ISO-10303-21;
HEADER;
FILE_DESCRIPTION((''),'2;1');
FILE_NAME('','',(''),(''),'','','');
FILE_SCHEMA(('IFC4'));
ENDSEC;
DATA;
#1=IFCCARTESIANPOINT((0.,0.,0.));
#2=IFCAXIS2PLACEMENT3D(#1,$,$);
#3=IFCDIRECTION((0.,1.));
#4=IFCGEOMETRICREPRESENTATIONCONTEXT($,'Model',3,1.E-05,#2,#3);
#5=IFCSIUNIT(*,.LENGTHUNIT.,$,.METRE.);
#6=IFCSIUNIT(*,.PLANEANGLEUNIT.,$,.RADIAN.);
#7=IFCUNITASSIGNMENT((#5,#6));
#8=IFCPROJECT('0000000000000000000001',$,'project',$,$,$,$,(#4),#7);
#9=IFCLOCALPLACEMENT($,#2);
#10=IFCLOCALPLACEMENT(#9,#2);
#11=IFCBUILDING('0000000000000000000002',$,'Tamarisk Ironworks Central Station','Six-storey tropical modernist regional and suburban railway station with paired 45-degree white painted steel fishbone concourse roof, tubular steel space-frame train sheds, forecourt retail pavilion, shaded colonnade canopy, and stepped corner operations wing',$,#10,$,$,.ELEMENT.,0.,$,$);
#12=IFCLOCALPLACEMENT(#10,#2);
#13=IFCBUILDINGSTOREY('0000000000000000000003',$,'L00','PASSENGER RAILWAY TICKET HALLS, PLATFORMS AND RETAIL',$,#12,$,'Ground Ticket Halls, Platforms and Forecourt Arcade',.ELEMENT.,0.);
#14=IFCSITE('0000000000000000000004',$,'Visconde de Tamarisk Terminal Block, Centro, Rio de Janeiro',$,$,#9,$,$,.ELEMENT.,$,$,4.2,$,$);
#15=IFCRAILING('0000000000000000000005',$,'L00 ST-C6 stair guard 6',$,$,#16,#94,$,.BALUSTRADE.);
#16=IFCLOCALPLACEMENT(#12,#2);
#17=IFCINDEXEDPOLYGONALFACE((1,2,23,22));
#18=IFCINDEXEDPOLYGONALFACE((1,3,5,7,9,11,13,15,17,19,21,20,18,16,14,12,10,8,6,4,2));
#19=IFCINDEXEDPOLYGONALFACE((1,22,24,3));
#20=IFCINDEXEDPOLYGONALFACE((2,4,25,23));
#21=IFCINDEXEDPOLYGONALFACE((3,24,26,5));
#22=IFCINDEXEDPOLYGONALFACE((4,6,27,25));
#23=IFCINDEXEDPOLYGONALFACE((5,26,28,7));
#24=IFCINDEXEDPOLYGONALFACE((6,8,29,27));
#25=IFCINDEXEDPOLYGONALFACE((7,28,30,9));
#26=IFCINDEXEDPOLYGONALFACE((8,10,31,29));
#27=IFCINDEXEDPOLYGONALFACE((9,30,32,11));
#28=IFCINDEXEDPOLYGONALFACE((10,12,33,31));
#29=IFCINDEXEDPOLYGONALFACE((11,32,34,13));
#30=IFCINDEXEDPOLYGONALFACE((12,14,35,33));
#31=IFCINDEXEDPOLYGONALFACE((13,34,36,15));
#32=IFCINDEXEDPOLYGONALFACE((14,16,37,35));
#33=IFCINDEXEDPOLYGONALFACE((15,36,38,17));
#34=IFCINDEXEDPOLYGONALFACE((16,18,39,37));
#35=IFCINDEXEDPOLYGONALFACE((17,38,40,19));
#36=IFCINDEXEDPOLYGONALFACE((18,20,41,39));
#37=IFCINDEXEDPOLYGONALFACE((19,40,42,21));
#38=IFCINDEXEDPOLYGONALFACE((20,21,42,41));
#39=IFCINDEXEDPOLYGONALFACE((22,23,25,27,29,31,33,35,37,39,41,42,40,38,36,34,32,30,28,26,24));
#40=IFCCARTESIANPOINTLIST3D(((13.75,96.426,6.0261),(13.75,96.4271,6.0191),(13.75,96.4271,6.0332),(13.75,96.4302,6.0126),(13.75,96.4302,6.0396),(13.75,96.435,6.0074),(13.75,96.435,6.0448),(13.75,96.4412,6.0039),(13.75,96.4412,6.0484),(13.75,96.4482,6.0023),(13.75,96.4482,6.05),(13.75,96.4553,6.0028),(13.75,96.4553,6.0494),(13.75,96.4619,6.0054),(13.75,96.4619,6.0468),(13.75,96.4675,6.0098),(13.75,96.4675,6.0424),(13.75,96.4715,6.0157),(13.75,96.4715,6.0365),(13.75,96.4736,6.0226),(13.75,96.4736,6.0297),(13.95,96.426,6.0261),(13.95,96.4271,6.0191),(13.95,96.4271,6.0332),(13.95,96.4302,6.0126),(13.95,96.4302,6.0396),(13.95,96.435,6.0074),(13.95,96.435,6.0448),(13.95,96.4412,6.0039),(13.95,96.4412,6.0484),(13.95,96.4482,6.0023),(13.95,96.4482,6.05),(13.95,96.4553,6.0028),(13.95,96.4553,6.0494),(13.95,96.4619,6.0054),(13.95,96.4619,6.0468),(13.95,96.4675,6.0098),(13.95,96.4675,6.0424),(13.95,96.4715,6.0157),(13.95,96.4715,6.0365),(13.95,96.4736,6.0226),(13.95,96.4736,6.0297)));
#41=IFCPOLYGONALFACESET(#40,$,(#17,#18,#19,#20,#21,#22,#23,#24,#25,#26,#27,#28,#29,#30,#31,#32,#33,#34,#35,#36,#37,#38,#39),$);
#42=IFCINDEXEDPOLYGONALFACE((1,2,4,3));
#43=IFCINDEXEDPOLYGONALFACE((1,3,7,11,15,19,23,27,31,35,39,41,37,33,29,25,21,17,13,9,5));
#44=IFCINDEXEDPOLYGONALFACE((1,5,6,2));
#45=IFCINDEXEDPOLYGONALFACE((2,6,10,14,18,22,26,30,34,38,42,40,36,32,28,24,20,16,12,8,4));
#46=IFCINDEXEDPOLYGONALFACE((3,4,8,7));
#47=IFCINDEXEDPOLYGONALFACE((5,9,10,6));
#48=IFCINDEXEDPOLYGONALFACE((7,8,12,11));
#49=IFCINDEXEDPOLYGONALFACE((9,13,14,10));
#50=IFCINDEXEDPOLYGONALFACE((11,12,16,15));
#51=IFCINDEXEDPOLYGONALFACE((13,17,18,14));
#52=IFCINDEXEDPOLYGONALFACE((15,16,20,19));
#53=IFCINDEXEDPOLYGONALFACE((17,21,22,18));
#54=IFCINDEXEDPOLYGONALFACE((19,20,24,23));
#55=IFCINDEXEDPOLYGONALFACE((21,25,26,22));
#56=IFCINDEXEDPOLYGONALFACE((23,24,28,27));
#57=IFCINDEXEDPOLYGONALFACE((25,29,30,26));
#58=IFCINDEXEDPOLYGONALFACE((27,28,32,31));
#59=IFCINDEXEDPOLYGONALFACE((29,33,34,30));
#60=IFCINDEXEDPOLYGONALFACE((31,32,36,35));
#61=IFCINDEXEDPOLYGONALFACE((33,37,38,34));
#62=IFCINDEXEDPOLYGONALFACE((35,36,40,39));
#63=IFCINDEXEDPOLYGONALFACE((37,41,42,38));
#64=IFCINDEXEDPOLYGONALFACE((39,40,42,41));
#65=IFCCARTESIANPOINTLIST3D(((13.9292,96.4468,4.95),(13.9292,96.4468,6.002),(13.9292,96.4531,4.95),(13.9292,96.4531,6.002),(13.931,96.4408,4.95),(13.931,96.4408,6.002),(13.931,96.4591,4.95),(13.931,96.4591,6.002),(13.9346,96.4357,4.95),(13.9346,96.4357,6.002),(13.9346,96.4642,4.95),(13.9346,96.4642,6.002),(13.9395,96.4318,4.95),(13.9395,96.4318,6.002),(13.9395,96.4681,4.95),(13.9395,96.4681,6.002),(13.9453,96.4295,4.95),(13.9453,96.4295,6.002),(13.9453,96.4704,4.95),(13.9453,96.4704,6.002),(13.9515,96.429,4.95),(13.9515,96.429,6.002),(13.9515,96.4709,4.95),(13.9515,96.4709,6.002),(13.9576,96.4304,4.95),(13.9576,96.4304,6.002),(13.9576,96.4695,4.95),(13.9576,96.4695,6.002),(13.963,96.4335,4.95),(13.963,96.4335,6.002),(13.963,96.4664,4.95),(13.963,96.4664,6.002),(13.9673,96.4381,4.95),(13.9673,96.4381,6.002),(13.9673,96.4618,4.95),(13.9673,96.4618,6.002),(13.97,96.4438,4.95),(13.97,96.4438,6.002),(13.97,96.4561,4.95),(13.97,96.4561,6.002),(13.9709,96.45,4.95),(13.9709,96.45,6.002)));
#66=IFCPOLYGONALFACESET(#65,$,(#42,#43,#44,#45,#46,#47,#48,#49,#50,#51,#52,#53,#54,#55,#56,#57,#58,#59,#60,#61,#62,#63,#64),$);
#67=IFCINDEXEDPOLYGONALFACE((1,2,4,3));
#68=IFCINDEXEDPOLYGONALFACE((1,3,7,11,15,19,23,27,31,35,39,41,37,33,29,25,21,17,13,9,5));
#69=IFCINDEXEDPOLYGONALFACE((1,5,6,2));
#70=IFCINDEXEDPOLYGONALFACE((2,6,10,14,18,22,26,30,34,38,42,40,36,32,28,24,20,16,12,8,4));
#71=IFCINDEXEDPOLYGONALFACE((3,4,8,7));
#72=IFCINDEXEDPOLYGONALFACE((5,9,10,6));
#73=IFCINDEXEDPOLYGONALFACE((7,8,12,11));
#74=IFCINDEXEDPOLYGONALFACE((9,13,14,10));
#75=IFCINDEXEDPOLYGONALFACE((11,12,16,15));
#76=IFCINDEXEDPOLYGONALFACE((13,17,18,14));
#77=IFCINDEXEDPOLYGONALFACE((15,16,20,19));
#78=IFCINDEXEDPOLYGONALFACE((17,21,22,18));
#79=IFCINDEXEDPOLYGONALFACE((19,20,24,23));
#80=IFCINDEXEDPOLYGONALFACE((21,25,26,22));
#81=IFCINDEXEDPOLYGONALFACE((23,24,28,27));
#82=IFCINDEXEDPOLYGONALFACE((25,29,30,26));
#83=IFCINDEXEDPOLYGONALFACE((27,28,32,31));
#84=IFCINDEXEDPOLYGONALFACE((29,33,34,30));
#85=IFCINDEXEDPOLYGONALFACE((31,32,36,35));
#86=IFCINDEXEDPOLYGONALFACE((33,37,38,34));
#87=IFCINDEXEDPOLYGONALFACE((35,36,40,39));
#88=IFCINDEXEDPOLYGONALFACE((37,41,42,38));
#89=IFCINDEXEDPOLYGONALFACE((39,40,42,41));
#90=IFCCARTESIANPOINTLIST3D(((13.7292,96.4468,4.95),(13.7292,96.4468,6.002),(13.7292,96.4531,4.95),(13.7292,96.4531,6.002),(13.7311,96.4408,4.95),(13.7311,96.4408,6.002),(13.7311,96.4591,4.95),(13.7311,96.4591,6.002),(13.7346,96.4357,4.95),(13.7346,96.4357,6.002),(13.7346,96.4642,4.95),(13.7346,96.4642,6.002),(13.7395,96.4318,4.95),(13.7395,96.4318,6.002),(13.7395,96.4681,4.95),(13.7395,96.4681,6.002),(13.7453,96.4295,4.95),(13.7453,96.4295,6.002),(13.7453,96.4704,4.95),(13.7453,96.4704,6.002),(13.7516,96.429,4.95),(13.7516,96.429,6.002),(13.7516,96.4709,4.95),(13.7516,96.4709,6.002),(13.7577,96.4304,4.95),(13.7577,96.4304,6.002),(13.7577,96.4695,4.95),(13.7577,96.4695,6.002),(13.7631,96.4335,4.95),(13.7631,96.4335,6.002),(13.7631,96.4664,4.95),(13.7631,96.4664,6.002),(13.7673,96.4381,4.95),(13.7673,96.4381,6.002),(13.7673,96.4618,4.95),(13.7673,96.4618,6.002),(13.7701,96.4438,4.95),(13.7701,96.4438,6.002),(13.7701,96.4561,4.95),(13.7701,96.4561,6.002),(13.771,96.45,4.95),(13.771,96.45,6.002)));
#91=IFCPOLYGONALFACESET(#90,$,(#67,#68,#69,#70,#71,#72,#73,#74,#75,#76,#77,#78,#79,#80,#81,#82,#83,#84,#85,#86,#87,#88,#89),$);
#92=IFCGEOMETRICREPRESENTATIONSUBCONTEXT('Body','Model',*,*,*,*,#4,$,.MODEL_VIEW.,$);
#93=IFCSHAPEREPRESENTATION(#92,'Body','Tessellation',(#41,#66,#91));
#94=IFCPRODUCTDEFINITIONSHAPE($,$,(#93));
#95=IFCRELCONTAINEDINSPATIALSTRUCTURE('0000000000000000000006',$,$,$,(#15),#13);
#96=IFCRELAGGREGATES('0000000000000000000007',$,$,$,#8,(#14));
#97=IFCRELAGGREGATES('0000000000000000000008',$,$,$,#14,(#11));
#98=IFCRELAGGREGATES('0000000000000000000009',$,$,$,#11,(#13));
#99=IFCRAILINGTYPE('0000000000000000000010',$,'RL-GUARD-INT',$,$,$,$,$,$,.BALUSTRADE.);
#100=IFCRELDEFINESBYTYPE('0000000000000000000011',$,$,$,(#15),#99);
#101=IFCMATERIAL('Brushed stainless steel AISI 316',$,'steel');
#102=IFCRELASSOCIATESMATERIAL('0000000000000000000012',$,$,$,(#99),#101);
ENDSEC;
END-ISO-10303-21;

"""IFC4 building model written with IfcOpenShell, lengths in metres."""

from ifc_helpers import new_model, si_unit, direction, frame, origin, origin_2d, place, context, subcontext, project, spatial, circle, extrude, material, type_object, element, save


model = new_model("IFC4")

# Units and contexts
model_context = context("Model", 3, precision=1e-05, world=origin(), true_north=direction((0.0, 1.0)))
body_context = subcontext(model_context, "Body", "Model", "MODEL_VIEW")
ifc_project = project(units=[si_unit("LENGTHUNIT", "METRE"), si_unit("PLANEANGLEUNIT", "RADIAN")], contexts=[model_context])

# Site, building, storey
site_placement = place(None, origin())
site = spatial("IfcSite", under=ifc_project, at=site_placement, Name="Visconde de Tamarisk Terminal Block, Centro, Rio de Janeiro", CompositionType="ELEMENT", RefElevation=4.2)
building_placement = place(site_placement, origin())
building = spatial("IfcBuilding", under=site, at=building_placement, Name="Tamarisk Ironworks Central Station", Description="Six-storey tropical modernist regional and suburban railway station with paired 45-degree white painted steel fishbone concourse roof, tubular steel space-frame train sheds, forecourt retail pavilion, shaded colonnade canopy, and stepped corner operations wing", CompositionType="ELEMENT", ElevationOfRefHeight=0.0)
storey_placement = place(building_placement, origin())
storey = spatial("IfcBuildingStorey", under=building, at=storey_placement, Name="L00", Description="PASSENGER RAILWAY TICKET HALLS, PLATFORMS AND RETAIL", LongName="Ground Ticket Halls, Platforms and Forecourt Arcade", CompositionType="ELEMENT", Elevation=0.0)

# Railing
ifc_material_1 = material(Name="Brushed stainless steel AISI 316", Category="steel")
railing_type_1 = type_object("IfcRailingType", Name="RL-GUARD-INT", PredefinedType="BALUSTRADE", material=ifc_material_1)
railing_1_placement = place(storey_placement, frame((13.95, 96.45, 4.95)))
element("IfcRailing", 1, at=railing_1_placement, inside=storey, type_object=railing_type_1, Name="L00 ST-C6 stair guard 6", PredefinedType="BALUSTRADE", context=body_context, shape_type="SweptSolid", body=[
    extrude(circle(Radius=0.0239, at=origin_2d()), frame((0.0, 0.0, 1.0762), z_axis=(-1.0, 0.0, 0.0), x_axis=(0.0, -1.0, 0.0)), (0.0, 0.0, 1.0), 0.2),
    extrude(circle(Radius=0.021, at=origin_2d()), origin(), (0.0, 0.0, 1.0), 1.052),
    extrude(circle(Radius=0.021, at=origin_2d()), frame((-0.2, 0.0, 0.0)), (0.0, 0.0, 1.0), 1.052),
])

save(model, "model.ifc")
